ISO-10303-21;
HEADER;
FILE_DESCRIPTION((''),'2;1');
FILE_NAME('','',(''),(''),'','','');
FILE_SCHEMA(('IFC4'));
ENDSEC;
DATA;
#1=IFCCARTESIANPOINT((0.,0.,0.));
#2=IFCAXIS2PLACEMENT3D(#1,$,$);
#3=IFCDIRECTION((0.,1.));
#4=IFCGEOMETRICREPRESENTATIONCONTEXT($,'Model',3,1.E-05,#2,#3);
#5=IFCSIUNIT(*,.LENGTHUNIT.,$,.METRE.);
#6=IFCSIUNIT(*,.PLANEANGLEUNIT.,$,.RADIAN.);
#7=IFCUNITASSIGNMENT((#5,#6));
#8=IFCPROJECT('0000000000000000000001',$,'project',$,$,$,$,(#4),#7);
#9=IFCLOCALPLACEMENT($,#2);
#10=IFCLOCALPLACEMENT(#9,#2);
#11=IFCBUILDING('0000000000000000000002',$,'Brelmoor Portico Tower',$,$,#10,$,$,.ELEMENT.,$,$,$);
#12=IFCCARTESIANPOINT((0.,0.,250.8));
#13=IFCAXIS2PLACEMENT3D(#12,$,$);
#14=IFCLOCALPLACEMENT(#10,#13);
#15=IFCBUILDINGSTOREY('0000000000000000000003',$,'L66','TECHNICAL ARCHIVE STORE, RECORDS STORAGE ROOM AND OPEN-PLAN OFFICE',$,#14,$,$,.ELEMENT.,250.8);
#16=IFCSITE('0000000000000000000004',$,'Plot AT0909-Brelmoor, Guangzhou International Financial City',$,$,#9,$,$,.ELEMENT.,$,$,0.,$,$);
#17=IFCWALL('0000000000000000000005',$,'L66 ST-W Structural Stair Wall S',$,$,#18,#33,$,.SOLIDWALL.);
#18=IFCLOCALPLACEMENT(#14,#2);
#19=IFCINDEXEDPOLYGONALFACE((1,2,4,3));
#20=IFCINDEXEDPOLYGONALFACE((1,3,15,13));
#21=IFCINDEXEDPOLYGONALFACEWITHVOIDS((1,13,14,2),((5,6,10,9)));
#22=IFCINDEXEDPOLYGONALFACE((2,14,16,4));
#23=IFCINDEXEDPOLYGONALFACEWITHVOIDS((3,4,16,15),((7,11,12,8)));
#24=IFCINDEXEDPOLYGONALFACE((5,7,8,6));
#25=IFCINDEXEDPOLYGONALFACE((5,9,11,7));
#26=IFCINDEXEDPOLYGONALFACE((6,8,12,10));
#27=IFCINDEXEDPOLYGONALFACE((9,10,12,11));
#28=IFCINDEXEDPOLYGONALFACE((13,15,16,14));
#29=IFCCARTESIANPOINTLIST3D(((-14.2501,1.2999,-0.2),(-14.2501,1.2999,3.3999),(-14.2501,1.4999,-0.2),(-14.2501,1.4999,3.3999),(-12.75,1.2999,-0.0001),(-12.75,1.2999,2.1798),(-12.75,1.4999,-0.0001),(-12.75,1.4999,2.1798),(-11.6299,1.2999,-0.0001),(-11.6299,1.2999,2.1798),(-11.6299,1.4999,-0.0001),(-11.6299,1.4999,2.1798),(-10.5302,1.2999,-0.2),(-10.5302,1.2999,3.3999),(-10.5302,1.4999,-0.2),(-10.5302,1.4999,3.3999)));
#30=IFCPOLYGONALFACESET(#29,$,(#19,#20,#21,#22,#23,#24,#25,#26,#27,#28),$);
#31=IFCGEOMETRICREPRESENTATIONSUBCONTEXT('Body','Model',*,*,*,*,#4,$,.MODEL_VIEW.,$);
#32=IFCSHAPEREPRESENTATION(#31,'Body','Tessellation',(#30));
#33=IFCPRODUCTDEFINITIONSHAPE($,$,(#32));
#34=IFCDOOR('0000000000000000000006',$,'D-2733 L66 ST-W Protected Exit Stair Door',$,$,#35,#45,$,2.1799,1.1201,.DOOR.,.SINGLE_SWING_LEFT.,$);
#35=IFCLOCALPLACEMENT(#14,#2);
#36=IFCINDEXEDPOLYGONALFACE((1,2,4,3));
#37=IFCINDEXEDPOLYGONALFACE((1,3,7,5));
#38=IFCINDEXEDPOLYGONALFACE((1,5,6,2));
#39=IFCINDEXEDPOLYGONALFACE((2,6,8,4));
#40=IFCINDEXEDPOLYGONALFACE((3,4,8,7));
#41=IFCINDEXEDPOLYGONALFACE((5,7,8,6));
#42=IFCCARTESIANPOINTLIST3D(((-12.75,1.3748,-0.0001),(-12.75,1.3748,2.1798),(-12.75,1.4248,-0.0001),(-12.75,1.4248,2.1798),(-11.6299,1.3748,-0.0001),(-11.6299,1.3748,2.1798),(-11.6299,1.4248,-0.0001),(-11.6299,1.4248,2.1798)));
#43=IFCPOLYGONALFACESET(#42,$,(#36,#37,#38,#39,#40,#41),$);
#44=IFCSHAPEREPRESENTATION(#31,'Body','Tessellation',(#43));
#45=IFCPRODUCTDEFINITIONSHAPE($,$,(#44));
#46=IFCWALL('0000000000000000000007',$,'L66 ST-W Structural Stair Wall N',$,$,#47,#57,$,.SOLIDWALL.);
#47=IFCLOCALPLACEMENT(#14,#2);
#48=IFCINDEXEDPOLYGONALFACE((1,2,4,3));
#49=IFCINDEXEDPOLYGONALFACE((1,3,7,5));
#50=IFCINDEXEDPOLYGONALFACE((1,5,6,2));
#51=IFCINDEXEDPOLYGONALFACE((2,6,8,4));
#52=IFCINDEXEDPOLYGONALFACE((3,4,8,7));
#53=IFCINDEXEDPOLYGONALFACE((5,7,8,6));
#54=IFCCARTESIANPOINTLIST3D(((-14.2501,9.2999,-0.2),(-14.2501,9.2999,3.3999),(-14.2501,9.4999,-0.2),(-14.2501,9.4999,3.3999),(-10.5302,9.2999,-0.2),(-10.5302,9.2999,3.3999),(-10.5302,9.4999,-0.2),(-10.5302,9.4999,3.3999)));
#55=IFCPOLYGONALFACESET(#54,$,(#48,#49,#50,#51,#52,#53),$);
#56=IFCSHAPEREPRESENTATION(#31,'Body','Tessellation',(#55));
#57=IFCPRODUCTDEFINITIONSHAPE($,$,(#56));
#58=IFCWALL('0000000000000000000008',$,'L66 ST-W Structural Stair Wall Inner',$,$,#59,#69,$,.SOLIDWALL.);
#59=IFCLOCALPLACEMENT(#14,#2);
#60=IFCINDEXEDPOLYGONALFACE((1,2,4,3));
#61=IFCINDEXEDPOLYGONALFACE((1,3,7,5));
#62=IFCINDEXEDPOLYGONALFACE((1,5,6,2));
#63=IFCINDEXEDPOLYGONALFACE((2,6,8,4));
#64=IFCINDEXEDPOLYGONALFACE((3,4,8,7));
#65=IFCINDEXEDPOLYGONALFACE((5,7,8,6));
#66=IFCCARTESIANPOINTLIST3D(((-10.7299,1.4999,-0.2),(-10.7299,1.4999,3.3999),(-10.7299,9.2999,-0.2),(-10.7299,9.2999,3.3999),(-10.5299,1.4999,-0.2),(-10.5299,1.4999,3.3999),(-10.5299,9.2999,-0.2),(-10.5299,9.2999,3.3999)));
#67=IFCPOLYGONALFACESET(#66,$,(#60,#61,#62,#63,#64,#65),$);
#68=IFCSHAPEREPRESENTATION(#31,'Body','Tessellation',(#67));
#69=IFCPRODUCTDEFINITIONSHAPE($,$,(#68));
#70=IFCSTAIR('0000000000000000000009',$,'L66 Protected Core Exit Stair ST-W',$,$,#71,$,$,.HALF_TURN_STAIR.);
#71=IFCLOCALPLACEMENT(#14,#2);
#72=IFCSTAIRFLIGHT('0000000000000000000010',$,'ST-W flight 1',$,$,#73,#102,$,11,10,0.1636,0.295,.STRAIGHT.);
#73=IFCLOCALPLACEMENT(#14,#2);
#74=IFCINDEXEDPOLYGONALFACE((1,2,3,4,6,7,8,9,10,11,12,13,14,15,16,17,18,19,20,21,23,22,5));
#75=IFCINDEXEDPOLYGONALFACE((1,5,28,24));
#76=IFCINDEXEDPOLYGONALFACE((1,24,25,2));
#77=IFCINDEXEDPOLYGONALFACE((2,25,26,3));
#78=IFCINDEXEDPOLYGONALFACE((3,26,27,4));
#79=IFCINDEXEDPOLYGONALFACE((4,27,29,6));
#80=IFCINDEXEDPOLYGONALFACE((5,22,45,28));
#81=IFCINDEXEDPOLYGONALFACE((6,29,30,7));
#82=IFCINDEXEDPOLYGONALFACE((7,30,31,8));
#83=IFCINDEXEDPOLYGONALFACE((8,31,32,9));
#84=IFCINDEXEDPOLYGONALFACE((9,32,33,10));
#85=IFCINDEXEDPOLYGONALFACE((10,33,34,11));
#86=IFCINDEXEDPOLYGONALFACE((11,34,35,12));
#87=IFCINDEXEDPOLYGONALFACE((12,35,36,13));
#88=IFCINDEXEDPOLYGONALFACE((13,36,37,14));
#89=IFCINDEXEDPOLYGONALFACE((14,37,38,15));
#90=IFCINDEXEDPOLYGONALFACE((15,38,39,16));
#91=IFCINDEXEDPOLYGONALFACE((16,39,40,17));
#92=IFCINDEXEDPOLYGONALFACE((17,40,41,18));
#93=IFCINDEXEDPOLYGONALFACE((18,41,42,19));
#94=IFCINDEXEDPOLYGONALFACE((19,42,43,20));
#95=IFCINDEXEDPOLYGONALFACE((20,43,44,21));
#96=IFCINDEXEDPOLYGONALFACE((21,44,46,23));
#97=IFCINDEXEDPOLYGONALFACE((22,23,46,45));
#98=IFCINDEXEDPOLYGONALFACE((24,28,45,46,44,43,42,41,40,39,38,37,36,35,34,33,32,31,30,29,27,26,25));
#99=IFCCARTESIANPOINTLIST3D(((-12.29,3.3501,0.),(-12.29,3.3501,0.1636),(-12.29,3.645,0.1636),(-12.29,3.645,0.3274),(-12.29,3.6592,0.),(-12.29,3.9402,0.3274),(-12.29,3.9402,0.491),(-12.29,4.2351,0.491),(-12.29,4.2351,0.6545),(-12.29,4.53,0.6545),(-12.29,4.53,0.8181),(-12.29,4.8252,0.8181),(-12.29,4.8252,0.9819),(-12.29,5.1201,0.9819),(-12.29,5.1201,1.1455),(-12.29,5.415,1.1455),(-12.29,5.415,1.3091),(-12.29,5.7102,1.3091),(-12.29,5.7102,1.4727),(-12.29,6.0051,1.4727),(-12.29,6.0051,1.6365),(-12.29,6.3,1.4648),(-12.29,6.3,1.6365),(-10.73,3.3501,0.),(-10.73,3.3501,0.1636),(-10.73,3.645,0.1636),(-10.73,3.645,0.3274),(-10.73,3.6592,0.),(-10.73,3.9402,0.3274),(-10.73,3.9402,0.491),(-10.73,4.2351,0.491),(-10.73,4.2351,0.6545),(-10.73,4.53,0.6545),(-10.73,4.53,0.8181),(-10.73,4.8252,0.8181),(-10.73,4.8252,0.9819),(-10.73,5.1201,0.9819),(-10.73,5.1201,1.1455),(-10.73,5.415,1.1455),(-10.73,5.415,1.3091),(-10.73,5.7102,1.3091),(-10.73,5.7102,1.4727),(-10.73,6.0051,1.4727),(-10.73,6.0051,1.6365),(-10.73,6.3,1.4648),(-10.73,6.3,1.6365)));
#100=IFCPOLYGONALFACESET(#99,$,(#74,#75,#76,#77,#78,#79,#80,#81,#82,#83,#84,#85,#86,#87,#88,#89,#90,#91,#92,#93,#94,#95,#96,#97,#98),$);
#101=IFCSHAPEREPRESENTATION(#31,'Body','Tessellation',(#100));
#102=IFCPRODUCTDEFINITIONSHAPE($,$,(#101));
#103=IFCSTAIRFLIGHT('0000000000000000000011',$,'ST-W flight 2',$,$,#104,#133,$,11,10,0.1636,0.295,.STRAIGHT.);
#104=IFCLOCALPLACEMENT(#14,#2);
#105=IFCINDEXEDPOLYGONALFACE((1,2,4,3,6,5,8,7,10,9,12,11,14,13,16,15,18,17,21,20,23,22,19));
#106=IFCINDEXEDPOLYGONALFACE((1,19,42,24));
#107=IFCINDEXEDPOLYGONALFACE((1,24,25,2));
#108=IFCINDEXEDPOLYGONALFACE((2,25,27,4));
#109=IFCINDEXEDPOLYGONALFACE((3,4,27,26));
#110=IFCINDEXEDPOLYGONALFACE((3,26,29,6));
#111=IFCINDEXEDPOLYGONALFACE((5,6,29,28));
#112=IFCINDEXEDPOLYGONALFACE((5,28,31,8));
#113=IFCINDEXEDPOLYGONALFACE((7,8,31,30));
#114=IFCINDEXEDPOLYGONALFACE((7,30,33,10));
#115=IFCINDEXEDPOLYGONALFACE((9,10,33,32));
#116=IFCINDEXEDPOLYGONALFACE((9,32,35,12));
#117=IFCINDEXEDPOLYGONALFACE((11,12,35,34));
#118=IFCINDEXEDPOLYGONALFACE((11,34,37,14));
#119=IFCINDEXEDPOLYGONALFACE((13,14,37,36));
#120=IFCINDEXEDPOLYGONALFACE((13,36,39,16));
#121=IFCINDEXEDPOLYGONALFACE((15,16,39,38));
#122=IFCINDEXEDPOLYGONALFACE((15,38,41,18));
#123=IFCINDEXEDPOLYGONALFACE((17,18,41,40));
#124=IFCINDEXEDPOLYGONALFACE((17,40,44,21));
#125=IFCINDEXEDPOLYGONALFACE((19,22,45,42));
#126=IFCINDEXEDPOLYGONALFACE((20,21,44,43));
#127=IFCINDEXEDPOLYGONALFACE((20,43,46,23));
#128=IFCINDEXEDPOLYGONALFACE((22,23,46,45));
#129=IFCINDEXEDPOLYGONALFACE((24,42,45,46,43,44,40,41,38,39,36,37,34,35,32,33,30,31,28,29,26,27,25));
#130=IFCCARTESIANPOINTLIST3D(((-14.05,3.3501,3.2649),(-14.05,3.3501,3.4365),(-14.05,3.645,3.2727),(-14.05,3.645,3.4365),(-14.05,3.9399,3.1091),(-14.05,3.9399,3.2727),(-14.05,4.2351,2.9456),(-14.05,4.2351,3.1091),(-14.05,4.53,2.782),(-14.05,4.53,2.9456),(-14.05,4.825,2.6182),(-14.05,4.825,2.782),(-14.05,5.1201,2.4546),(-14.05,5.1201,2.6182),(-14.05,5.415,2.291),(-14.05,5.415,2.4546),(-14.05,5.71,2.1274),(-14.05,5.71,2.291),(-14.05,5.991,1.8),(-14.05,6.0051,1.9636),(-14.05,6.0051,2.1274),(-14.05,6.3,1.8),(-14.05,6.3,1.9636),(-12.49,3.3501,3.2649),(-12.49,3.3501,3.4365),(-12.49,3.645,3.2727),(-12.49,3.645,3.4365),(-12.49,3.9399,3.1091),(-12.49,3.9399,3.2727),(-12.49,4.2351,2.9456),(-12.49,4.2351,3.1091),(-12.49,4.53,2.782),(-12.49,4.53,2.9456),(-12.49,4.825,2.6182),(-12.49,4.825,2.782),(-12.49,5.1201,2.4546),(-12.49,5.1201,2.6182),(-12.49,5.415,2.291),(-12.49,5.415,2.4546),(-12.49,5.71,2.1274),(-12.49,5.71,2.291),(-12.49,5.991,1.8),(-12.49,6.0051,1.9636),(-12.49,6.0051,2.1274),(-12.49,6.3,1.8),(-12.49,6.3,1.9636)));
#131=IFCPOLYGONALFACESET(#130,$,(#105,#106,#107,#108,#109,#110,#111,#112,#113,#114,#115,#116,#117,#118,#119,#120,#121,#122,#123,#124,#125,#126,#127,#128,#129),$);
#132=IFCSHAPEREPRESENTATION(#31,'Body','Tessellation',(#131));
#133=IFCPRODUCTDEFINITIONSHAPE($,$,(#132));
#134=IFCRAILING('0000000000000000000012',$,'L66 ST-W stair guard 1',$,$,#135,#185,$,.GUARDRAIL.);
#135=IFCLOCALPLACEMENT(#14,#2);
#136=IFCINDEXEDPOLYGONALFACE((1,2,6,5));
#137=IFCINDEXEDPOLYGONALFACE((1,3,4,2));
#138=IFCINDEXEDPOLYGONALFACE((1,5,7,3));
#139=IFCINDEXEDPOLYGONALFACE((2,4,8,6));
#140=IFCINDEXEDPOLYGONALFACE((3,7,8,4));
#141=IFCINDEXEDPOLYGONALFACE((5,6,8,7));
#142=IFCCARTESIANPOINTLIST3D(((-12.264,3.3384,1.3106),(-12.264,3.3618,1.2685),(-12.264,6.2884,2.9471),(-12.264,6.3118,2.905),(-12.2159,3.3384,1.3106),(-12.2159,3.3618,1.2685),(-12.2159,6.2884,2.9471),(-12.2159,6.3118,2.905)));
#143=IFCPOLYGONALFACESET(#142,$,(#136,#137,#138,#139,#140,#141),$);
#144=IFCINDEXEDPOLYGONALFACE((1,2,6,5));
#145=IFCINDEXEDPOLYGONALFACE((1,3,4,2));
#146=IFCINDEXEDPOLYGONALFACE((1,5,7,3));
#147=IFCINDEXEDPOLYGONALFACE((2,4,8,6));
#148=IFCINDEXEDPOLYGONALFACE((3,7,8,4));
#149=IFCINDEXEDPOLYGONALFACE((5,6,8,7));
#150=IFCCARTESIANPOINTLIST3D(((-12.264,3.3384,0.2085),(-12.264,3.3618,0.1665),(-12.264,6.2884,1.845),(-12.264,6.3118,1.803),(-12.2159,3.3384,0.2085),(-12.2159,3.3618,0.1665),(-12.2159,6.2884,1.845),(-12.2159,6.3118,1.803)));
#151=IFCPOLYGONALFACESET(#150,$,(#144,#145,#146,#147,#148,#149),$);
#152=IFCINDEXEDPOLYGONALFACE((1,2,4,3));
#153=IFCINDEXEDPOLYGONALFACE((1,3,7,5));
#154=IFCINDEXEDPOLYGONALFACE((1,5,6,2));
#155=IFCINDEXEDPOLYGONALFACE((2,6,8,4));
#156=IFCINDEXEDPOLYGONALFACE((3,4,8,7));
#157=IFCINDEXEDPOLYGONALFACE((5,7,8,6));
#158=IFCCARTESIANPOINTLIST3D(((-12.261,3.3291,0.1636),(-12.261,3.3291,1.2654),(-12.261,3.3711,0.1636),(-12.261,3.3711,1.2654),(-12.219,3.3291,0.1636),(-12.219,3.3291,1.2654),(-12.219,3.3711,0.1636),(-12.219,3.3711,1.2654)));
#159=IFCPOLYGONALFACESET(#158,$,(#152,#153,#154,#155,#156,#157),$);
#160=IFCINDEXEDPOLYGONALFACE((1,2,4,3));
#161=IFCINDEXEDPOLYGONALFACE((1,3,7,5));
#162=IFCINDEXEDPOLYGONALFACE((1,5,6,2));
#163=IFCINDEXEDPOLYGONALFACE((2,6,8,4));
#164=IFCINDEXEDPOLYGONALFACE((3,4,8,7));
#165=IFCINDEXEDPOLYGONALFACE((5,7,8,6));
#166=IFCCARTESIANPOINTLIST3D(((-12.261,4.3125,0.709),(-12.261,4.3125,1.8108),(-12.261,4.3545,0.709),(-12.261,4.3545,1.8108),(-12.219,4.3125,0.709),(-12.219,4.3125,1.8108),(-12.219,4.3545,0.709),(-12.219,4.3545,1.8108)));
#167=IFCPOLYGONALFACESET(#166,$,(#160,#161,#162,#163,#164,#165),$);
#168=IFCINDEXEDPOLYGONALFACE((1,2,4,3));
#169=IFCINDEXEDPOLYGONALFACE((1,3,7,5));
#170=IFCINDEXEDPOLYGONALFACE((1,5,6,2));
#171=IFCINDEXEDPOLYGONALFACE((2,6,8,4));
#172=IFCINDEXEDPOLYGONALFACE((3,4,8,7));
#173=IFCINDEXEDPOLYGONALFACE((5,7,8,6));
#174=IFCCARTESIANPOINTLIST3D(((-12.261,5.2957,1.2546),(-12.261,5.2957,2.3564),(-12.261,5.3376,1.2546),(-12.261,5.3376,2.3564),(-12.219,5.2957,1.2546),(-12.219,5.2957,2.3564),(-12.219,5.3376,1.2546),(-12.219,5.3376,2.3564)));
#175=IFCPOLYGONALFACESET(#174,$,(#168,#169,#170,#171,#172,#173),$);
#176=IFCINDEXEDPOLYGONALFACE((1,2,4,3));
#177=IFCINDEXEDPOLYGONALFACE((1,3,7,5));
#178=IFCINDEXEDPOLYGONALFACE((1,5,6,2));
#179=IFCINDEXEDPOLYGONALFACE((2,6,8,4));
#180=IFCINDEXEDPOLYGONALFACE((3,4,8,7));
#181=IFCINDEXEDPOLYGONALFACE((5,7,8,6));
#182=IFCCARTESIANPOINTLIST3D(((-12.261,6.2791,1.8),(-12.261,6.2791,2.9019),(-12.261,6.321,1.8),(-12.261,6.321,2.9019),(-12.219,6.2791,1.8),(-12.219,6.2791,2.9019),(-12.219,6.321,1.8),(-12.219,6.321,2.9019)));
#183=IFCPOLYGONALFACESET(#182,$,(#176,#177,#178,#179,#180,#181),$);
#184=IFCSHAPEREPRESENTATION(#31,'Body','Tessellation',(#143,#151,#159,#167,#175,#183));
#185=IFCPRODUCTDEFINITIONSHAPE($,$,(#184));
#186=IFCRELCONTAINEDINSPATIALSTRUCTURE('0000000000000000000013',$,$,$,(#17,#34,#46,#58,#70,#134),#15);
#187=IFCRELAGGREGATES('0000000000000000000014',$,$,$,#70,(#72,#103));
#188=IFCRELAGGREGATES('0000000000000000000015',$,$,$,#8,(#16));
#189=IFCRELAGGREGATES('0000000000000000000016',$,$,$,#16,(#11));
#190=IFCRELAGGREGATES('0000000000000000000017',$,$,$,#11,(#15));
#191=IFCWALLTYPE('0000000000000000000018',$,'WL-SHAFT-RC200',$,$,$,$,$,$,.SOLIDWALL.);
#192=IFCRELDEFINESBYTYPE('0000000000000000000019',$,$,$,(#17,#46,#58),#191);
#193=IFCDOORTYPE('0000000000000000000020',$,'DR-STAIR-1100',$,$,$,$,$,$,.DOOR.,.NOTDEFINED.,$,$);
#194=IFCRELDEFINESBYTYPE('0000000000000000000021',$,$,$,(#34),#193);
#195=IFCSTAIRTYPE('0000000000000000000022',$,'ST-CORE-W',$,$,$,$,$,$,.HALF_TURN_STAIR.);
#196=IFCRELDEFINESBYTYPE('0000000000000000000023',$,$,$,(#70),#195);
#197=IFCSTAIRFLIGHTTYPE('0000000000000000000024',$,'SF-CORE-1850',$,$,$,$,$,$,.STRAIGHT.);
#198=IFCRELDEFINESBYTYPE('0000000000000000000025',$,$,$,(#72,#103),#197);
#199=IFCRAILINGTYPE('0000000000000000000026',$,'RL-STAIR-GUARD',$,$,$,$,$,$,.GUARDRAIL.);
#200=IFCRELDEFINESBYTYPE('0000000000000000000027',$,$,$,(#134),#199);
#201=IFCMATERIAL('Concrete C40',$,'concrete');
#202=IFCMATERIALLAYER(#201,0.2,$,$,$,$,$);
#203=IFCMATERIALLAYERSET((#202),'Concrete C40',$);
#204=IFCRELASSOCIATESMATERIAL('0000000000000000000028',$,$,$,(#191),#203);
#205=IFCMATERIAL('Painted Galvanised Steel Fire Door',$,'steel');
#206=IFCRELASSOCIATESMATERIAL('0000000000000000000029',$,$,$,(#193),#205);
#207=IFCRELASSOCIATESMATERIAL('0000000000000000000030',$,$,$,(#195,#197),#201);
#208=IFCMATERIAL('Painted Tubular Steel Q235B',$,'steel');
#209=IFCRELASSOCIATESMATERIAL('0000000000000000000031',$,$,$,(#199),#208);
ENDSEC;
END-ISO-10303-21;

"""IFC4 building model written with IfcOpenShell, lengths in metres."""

from ifc_helpers import new_model, si_unit, direction, frame, frame_2d, origin, origin_2d, place, context, subcontext, project, spatial, polyline, rectangle, outline, extrude, material, layer, layer_set, type_object, element, fill, aggregate, save


model = new_model("IFC4")

# Units and contexts
model_context = context("Model", 3, precision=1e-05, world=origin(), true_north=direction((0.0, 1.0)))
body_context = subcontext(model_context, "Body", "Model", "MODEL_VIEW")
ifc_project = project(units=[si_unit("LENGTHUNIT", "METRE"), si_unit("PLANEANGLEUNIT", "RADIAN")], contexts=[model_context])

# Site, building, storey
site_placement = place(None, origin())
site = spatial("IfcSite", under=ifc_project, at=site_placement, Name="Plot AT0909-Brelmoor, Guangzhou International Financial City", CompositionType="ELEMENT", RefElevation=0.0)
building_placement = place(site_placement, origin())
building = spatial("IfcBuilding", under=site, at=building_placement, Name="Brelmoor Portico Tower", CompositionType="ELEMENT")
storey_placement = place(building_placement, frame((0.0, 0.0, 250.8)))
storey = spatial("IfcBuildingStorey", under=building, at=storey_placement, Name="L66", Description="TECHNICAL ARCHIVE STORE, RECORDS STORAGE ROOM AND OPEN-PLAN OFFICE", CompositionType="ELEMENT", Elevation=250.8)

# Shared definitions
ifc_material_1 = material(Name="Concrete C40", Category="concrete")
ifc_layer_1 = layer(ifc_material_1, 0.2)
ifc_layer_set_1 = layer_set([ifc_layer_1], Name="Concrete C40")
wall_type_1 = type_object("IfcWallType", Name="WL-SHAFT-RC200", PredefinedType="SOLIDWALL", material=ifc_layer_set_1)

# Wall, opening, door
wall_1_placement = place(storey_placement, frame((-14.25, 1.3999, -0.2), z_axis=(0.0, 0.0, 1.0), x_axis=(1.0, 0.0, 0.0)))
wall_1 = element("IfcWall", 1, at=wall_1_placement, inside=storey, type_object=wall_type_1, Name="L66 ST-W Structural Stair Wall S", PredefinedType="SOLIDWALL", context=body_context, shape_type="SweptSolid", body=[
    extrude(rectangle(XDim=3.72, YDim=0.2, at=frame_2d((1.8599, 0.0))), origin(), (0.0, 0.0, 1.0), 3.5999),
])
opening_placement = place(wall_1_placement, frame((1.5, 0.0, 0.2)))
opening = element("IfcOpeningElement", 2, at=opening_placement, cuts=wall_1, PredefinedType="OPENING", context=body_context, shape_type="SweptSolid", body=[
    extrude(rectangle(XDim=1.1201, YDim=2.1799, at=frame_2d((0.5601, 1.0898))), frame((0.0, 0.1099, 0.0), z_axis=(0.0, -1.0, 0.0), x_axis=(1.0, 0.0, 0.0)), (0.0, 0.0, 1.0), 0.22),
])
ifc_material_2 = material(Name="Painted Galvanised Steel Fire Door", Category="steel")
door_type = type_object("IfcDoorType", Name="DR-STAIR-1100", OperationType="NOTDEFINED", PredefinedType="DOOR", material=ifc_material_2)
door_placement = place(opening_placement, origin())
door = element("IfcDoor", 3, at=door_placement, inside=storey, type_object=door_type, Name="D-2733 L66 ST-W Protected Exit Stair Door", OperationType="SINGLE_SWING_LEFT", OverallHeight=2.1799, OverallWidth=1.1201, PredefinedType="DOOR", context=body_context, shape_type="SweptSolid", body=[
    extrude(rectangle(XDim=1.1201, YDim=2.1799, at=frame_2d((0.5601, 1.0898))), frame((0.0, 0.0249, 0.0), z_axis=(0.0, -1.0, 0.0), x_axis=(1.0, 0.0, 0.0)), (0.0, 0.0, 1.0), 0.05),
])
fill(opening, door)

# Walls
wall_2_placement = place(storey_placement, frame((-14.25, 9.3999, -0.2), z_axis=(0.0, 0.0, 1.0), x_axis=(1.0, 0.0, 0.0)))
element("IfcWall", 4, at=wall_2_placement, inside=storey, type_object=wall_type_1, Name="L66 ST-W Structural Stair Wall N", PredefinedType="SOLIDWALL", context=body_context, shape_type="SweptSolid", body=[
    extrude(rectangle(XDim=3.72, YDim=0.2, at=frame_2d((1.8599, 0.0))), origin(), (0.0, 0.0, 1.0), 3.5999),
])
wall_3_placement = place(storey_placement, frame((-10.6299, 1.5, -0.2), z_axis=(0.0, 0.0, 1.0), x_axis=(0.0, 1.0, 0.0)))
element("IfcWall", 5, at=wall_3_placement, inside=storey, type_object=wall_type_1, Name="L66 ST-W Structural Stair Wall Inner", PredefinedType="SOLIDWALL", context=body_context, shape_type="SweptSolid", body=[
    extrude(rectangle(XDim=7.8, YDim=0.2, at=frame_2d((3.8999, 0.0))), origin(), (0.0, 0.0, 1.0), 3.5999),
])

# Stair, stair flights
stair_type = type_object("IfcStairType", Name="ST-CORE-W", PredefinedType="HALF_TURN_STAIR", material=ifc_material_1)
stair_placement = place(storey_placement, origin())
stair = element("IfcStair", 6, at=stair_placement, inside=storey, type_object=stair_type, Name="L66 Protected Core Exit Stair ST-W", PredefinedType="HALF_TURN_STAIR")
stair_flight_type = type_object("IfcStairFlightType", Name="SF-CORE-1850", PredefinedType="STRAIGHT", material=ifc_material_1)
stair_flight_1_placement = place(storey_placement, frame((-11.51, 3.3501, 0.0), z_axis=(0.0, 0.0, 1.0), x_axis=(0.0, 1.0, 0.0)))
stair_flight_1 = element("IfcStairFlight", 7, at=stair_flight_1_placement, type_object=stair_flight_type, Name="ST-W flight 1", NumberOfRisers=11, NumberOfTreads=10, PredefinedType="STRAIGHT", RiserHeight=0.1636, TreadLength=0.295, context=body_context, shape_type="SweptSolid", body=[
    extrude(outline(polyline([(0.0, 0.0), (0.0, 0.1636), (0.2949, 0.1636), (0.2949, 0.3274), (0.5901, 0.3274), (0.5901, 0.491), (0.885, 0.491), (0.885, 0.6545), (1.1799, 0.6545), (1.1799, 0.8181), (1.4751, 0.8181), (1.4751, 0.9819), (1.77, 0.9819), (1.77, 1.1455), (2.0649, 1.1455), (2.0649, 1.3091), (2.3601, 1.3091), (2.3601, 1.4727), (2.655, 1.4727), (2.655, 1.6365), (2.95, 1.6365), (2.95, 1.8), (2.95, 1.4648), (0.3091, 0.0), (0.0, 0.0)])), frame((0.0, 0.78, 0.0), z_axis=(0.0, -1.0, 0.0), x_axis=(1.0, 0.0, 0.0)), (0.0, 0.0, 1.0), 1.5601),
])
stair_flight_2_placement = place(storey_placement, frame((-13.27, 6.3, 1.8), z_axis=(0.0, 0.0, 1.0), x_axis=(0.0, -1.0, 0.0)))
stair_flight_2 = element("IfcStairFlight", 8, at=stair_flight_2_placement, type_object=stair_flight_type, Name="ST-W flight 2", NumberOfRisers=11, NumberOfTreads=10, PredefinedType="STRAIGHT", RiserHeight=0.1636, TreadLength=0.295, context=body_context, shape_type="SweptSolid", body=[
    extrude(outline(polyline([(0.0, 0.0), (0.0, 0.1636), (0.2949, 0.1636), (0.2949, 0.3274), (0.5901, 0.3274), (0.5901, 0.491), (0.885, 0.491), (0.885, 0.6545), (1.1799, 0.6545), (1.1799, 0.8181), (1.4751, 0.8181), (1.4751, 0.9819), (1.77, 0.9819), (1.77, 1.1455), (2.0649, 1.1455), (2.0649, 1.3091), (2.3601, 1.3091), (2.3601, 1.4727), (2.655, 1.4727), (2.655, 1.6365), (2.95, 1.6365), (2.95, 1.8), (2.95, 1.4648), (0.3091, 0.0), (0.0, 0.0)])), frame((0.0, 0.78, 0.0), z_axis=(0.0, -1.0, 0.0), x_axis=(1.0, 0.0, 0.0)), (0.0, 0.0, 1.0), 1.5601),
])
aggregate(stair, [stair_flight_1, stair_flight_2])

# Railing
ifc_material_3 = material(Name="Painted Tubular Steel Q235B", Category="steel")
railing_type_1 = type_object("IfcRailingType", Name="RL-STAIR-GUARD", PredefinedType="GUARDRAIL", material=ifc_material_3)
railing_1_placement = place(storey_placement, frame((-12.24, 3.3501, 0.1636)))
element("IfcRailing", 9, at=railing_1_placement, inside=storey, type_object=railing_type_1, Name="L66 ST-W stair guard 1", PredefinedType="GUARDRAIL", context=body_context, shape_type="SweptSolid", body=[
    extrude(rectangle(XDim=0.0481, YDim=0.0481, at=origin_2d()), frame((0.0, 0.0, 1.126), z_axis=(0.0, 0.874458, 0.485102), x_axis=(-1.0, 0.0, 0.0)), (0.0, 0.0, 1.0), 3.3735),
    extrude(rectangle(XDim=0.0481, YDim=0.0481, at=origin_2d()), frame((0.0, 0.0, 0.0239), z_axis=(0.0, 0.874458, 0.485102), x_axis=(-1.0, 0.0, 0.0)), (0.0, 0.0, 1.0), 3.3735),
    extrude(rectangle(XDim=0.042, YDim=0.042, at=origin_2d()), origin(), (0.0, 0.0, 1.0), 1.1018),
    extrude(rectangle(XDim=0.042, YDim=0.042, at=origin_2d()), frame((0.0, 0.9834, 0.5454)), (0.0, 0.0, 1.0), 1.1018),
    extrude(rectangle(XDim=0.042, YDim=0.042, at=origin_2d()), frame((0.0, 1.9666, 1.0911)), (0.0, 0.0, 1.0), 1.1018),
    extrude(rectangle(XDim=0.042, YDim=0.042, at=origin_2d()), frame((0.0, 2.95, 1.6365)), (0.0, 0.0, 1.0), 1.1018),
])

save(model, "model.ifc")
